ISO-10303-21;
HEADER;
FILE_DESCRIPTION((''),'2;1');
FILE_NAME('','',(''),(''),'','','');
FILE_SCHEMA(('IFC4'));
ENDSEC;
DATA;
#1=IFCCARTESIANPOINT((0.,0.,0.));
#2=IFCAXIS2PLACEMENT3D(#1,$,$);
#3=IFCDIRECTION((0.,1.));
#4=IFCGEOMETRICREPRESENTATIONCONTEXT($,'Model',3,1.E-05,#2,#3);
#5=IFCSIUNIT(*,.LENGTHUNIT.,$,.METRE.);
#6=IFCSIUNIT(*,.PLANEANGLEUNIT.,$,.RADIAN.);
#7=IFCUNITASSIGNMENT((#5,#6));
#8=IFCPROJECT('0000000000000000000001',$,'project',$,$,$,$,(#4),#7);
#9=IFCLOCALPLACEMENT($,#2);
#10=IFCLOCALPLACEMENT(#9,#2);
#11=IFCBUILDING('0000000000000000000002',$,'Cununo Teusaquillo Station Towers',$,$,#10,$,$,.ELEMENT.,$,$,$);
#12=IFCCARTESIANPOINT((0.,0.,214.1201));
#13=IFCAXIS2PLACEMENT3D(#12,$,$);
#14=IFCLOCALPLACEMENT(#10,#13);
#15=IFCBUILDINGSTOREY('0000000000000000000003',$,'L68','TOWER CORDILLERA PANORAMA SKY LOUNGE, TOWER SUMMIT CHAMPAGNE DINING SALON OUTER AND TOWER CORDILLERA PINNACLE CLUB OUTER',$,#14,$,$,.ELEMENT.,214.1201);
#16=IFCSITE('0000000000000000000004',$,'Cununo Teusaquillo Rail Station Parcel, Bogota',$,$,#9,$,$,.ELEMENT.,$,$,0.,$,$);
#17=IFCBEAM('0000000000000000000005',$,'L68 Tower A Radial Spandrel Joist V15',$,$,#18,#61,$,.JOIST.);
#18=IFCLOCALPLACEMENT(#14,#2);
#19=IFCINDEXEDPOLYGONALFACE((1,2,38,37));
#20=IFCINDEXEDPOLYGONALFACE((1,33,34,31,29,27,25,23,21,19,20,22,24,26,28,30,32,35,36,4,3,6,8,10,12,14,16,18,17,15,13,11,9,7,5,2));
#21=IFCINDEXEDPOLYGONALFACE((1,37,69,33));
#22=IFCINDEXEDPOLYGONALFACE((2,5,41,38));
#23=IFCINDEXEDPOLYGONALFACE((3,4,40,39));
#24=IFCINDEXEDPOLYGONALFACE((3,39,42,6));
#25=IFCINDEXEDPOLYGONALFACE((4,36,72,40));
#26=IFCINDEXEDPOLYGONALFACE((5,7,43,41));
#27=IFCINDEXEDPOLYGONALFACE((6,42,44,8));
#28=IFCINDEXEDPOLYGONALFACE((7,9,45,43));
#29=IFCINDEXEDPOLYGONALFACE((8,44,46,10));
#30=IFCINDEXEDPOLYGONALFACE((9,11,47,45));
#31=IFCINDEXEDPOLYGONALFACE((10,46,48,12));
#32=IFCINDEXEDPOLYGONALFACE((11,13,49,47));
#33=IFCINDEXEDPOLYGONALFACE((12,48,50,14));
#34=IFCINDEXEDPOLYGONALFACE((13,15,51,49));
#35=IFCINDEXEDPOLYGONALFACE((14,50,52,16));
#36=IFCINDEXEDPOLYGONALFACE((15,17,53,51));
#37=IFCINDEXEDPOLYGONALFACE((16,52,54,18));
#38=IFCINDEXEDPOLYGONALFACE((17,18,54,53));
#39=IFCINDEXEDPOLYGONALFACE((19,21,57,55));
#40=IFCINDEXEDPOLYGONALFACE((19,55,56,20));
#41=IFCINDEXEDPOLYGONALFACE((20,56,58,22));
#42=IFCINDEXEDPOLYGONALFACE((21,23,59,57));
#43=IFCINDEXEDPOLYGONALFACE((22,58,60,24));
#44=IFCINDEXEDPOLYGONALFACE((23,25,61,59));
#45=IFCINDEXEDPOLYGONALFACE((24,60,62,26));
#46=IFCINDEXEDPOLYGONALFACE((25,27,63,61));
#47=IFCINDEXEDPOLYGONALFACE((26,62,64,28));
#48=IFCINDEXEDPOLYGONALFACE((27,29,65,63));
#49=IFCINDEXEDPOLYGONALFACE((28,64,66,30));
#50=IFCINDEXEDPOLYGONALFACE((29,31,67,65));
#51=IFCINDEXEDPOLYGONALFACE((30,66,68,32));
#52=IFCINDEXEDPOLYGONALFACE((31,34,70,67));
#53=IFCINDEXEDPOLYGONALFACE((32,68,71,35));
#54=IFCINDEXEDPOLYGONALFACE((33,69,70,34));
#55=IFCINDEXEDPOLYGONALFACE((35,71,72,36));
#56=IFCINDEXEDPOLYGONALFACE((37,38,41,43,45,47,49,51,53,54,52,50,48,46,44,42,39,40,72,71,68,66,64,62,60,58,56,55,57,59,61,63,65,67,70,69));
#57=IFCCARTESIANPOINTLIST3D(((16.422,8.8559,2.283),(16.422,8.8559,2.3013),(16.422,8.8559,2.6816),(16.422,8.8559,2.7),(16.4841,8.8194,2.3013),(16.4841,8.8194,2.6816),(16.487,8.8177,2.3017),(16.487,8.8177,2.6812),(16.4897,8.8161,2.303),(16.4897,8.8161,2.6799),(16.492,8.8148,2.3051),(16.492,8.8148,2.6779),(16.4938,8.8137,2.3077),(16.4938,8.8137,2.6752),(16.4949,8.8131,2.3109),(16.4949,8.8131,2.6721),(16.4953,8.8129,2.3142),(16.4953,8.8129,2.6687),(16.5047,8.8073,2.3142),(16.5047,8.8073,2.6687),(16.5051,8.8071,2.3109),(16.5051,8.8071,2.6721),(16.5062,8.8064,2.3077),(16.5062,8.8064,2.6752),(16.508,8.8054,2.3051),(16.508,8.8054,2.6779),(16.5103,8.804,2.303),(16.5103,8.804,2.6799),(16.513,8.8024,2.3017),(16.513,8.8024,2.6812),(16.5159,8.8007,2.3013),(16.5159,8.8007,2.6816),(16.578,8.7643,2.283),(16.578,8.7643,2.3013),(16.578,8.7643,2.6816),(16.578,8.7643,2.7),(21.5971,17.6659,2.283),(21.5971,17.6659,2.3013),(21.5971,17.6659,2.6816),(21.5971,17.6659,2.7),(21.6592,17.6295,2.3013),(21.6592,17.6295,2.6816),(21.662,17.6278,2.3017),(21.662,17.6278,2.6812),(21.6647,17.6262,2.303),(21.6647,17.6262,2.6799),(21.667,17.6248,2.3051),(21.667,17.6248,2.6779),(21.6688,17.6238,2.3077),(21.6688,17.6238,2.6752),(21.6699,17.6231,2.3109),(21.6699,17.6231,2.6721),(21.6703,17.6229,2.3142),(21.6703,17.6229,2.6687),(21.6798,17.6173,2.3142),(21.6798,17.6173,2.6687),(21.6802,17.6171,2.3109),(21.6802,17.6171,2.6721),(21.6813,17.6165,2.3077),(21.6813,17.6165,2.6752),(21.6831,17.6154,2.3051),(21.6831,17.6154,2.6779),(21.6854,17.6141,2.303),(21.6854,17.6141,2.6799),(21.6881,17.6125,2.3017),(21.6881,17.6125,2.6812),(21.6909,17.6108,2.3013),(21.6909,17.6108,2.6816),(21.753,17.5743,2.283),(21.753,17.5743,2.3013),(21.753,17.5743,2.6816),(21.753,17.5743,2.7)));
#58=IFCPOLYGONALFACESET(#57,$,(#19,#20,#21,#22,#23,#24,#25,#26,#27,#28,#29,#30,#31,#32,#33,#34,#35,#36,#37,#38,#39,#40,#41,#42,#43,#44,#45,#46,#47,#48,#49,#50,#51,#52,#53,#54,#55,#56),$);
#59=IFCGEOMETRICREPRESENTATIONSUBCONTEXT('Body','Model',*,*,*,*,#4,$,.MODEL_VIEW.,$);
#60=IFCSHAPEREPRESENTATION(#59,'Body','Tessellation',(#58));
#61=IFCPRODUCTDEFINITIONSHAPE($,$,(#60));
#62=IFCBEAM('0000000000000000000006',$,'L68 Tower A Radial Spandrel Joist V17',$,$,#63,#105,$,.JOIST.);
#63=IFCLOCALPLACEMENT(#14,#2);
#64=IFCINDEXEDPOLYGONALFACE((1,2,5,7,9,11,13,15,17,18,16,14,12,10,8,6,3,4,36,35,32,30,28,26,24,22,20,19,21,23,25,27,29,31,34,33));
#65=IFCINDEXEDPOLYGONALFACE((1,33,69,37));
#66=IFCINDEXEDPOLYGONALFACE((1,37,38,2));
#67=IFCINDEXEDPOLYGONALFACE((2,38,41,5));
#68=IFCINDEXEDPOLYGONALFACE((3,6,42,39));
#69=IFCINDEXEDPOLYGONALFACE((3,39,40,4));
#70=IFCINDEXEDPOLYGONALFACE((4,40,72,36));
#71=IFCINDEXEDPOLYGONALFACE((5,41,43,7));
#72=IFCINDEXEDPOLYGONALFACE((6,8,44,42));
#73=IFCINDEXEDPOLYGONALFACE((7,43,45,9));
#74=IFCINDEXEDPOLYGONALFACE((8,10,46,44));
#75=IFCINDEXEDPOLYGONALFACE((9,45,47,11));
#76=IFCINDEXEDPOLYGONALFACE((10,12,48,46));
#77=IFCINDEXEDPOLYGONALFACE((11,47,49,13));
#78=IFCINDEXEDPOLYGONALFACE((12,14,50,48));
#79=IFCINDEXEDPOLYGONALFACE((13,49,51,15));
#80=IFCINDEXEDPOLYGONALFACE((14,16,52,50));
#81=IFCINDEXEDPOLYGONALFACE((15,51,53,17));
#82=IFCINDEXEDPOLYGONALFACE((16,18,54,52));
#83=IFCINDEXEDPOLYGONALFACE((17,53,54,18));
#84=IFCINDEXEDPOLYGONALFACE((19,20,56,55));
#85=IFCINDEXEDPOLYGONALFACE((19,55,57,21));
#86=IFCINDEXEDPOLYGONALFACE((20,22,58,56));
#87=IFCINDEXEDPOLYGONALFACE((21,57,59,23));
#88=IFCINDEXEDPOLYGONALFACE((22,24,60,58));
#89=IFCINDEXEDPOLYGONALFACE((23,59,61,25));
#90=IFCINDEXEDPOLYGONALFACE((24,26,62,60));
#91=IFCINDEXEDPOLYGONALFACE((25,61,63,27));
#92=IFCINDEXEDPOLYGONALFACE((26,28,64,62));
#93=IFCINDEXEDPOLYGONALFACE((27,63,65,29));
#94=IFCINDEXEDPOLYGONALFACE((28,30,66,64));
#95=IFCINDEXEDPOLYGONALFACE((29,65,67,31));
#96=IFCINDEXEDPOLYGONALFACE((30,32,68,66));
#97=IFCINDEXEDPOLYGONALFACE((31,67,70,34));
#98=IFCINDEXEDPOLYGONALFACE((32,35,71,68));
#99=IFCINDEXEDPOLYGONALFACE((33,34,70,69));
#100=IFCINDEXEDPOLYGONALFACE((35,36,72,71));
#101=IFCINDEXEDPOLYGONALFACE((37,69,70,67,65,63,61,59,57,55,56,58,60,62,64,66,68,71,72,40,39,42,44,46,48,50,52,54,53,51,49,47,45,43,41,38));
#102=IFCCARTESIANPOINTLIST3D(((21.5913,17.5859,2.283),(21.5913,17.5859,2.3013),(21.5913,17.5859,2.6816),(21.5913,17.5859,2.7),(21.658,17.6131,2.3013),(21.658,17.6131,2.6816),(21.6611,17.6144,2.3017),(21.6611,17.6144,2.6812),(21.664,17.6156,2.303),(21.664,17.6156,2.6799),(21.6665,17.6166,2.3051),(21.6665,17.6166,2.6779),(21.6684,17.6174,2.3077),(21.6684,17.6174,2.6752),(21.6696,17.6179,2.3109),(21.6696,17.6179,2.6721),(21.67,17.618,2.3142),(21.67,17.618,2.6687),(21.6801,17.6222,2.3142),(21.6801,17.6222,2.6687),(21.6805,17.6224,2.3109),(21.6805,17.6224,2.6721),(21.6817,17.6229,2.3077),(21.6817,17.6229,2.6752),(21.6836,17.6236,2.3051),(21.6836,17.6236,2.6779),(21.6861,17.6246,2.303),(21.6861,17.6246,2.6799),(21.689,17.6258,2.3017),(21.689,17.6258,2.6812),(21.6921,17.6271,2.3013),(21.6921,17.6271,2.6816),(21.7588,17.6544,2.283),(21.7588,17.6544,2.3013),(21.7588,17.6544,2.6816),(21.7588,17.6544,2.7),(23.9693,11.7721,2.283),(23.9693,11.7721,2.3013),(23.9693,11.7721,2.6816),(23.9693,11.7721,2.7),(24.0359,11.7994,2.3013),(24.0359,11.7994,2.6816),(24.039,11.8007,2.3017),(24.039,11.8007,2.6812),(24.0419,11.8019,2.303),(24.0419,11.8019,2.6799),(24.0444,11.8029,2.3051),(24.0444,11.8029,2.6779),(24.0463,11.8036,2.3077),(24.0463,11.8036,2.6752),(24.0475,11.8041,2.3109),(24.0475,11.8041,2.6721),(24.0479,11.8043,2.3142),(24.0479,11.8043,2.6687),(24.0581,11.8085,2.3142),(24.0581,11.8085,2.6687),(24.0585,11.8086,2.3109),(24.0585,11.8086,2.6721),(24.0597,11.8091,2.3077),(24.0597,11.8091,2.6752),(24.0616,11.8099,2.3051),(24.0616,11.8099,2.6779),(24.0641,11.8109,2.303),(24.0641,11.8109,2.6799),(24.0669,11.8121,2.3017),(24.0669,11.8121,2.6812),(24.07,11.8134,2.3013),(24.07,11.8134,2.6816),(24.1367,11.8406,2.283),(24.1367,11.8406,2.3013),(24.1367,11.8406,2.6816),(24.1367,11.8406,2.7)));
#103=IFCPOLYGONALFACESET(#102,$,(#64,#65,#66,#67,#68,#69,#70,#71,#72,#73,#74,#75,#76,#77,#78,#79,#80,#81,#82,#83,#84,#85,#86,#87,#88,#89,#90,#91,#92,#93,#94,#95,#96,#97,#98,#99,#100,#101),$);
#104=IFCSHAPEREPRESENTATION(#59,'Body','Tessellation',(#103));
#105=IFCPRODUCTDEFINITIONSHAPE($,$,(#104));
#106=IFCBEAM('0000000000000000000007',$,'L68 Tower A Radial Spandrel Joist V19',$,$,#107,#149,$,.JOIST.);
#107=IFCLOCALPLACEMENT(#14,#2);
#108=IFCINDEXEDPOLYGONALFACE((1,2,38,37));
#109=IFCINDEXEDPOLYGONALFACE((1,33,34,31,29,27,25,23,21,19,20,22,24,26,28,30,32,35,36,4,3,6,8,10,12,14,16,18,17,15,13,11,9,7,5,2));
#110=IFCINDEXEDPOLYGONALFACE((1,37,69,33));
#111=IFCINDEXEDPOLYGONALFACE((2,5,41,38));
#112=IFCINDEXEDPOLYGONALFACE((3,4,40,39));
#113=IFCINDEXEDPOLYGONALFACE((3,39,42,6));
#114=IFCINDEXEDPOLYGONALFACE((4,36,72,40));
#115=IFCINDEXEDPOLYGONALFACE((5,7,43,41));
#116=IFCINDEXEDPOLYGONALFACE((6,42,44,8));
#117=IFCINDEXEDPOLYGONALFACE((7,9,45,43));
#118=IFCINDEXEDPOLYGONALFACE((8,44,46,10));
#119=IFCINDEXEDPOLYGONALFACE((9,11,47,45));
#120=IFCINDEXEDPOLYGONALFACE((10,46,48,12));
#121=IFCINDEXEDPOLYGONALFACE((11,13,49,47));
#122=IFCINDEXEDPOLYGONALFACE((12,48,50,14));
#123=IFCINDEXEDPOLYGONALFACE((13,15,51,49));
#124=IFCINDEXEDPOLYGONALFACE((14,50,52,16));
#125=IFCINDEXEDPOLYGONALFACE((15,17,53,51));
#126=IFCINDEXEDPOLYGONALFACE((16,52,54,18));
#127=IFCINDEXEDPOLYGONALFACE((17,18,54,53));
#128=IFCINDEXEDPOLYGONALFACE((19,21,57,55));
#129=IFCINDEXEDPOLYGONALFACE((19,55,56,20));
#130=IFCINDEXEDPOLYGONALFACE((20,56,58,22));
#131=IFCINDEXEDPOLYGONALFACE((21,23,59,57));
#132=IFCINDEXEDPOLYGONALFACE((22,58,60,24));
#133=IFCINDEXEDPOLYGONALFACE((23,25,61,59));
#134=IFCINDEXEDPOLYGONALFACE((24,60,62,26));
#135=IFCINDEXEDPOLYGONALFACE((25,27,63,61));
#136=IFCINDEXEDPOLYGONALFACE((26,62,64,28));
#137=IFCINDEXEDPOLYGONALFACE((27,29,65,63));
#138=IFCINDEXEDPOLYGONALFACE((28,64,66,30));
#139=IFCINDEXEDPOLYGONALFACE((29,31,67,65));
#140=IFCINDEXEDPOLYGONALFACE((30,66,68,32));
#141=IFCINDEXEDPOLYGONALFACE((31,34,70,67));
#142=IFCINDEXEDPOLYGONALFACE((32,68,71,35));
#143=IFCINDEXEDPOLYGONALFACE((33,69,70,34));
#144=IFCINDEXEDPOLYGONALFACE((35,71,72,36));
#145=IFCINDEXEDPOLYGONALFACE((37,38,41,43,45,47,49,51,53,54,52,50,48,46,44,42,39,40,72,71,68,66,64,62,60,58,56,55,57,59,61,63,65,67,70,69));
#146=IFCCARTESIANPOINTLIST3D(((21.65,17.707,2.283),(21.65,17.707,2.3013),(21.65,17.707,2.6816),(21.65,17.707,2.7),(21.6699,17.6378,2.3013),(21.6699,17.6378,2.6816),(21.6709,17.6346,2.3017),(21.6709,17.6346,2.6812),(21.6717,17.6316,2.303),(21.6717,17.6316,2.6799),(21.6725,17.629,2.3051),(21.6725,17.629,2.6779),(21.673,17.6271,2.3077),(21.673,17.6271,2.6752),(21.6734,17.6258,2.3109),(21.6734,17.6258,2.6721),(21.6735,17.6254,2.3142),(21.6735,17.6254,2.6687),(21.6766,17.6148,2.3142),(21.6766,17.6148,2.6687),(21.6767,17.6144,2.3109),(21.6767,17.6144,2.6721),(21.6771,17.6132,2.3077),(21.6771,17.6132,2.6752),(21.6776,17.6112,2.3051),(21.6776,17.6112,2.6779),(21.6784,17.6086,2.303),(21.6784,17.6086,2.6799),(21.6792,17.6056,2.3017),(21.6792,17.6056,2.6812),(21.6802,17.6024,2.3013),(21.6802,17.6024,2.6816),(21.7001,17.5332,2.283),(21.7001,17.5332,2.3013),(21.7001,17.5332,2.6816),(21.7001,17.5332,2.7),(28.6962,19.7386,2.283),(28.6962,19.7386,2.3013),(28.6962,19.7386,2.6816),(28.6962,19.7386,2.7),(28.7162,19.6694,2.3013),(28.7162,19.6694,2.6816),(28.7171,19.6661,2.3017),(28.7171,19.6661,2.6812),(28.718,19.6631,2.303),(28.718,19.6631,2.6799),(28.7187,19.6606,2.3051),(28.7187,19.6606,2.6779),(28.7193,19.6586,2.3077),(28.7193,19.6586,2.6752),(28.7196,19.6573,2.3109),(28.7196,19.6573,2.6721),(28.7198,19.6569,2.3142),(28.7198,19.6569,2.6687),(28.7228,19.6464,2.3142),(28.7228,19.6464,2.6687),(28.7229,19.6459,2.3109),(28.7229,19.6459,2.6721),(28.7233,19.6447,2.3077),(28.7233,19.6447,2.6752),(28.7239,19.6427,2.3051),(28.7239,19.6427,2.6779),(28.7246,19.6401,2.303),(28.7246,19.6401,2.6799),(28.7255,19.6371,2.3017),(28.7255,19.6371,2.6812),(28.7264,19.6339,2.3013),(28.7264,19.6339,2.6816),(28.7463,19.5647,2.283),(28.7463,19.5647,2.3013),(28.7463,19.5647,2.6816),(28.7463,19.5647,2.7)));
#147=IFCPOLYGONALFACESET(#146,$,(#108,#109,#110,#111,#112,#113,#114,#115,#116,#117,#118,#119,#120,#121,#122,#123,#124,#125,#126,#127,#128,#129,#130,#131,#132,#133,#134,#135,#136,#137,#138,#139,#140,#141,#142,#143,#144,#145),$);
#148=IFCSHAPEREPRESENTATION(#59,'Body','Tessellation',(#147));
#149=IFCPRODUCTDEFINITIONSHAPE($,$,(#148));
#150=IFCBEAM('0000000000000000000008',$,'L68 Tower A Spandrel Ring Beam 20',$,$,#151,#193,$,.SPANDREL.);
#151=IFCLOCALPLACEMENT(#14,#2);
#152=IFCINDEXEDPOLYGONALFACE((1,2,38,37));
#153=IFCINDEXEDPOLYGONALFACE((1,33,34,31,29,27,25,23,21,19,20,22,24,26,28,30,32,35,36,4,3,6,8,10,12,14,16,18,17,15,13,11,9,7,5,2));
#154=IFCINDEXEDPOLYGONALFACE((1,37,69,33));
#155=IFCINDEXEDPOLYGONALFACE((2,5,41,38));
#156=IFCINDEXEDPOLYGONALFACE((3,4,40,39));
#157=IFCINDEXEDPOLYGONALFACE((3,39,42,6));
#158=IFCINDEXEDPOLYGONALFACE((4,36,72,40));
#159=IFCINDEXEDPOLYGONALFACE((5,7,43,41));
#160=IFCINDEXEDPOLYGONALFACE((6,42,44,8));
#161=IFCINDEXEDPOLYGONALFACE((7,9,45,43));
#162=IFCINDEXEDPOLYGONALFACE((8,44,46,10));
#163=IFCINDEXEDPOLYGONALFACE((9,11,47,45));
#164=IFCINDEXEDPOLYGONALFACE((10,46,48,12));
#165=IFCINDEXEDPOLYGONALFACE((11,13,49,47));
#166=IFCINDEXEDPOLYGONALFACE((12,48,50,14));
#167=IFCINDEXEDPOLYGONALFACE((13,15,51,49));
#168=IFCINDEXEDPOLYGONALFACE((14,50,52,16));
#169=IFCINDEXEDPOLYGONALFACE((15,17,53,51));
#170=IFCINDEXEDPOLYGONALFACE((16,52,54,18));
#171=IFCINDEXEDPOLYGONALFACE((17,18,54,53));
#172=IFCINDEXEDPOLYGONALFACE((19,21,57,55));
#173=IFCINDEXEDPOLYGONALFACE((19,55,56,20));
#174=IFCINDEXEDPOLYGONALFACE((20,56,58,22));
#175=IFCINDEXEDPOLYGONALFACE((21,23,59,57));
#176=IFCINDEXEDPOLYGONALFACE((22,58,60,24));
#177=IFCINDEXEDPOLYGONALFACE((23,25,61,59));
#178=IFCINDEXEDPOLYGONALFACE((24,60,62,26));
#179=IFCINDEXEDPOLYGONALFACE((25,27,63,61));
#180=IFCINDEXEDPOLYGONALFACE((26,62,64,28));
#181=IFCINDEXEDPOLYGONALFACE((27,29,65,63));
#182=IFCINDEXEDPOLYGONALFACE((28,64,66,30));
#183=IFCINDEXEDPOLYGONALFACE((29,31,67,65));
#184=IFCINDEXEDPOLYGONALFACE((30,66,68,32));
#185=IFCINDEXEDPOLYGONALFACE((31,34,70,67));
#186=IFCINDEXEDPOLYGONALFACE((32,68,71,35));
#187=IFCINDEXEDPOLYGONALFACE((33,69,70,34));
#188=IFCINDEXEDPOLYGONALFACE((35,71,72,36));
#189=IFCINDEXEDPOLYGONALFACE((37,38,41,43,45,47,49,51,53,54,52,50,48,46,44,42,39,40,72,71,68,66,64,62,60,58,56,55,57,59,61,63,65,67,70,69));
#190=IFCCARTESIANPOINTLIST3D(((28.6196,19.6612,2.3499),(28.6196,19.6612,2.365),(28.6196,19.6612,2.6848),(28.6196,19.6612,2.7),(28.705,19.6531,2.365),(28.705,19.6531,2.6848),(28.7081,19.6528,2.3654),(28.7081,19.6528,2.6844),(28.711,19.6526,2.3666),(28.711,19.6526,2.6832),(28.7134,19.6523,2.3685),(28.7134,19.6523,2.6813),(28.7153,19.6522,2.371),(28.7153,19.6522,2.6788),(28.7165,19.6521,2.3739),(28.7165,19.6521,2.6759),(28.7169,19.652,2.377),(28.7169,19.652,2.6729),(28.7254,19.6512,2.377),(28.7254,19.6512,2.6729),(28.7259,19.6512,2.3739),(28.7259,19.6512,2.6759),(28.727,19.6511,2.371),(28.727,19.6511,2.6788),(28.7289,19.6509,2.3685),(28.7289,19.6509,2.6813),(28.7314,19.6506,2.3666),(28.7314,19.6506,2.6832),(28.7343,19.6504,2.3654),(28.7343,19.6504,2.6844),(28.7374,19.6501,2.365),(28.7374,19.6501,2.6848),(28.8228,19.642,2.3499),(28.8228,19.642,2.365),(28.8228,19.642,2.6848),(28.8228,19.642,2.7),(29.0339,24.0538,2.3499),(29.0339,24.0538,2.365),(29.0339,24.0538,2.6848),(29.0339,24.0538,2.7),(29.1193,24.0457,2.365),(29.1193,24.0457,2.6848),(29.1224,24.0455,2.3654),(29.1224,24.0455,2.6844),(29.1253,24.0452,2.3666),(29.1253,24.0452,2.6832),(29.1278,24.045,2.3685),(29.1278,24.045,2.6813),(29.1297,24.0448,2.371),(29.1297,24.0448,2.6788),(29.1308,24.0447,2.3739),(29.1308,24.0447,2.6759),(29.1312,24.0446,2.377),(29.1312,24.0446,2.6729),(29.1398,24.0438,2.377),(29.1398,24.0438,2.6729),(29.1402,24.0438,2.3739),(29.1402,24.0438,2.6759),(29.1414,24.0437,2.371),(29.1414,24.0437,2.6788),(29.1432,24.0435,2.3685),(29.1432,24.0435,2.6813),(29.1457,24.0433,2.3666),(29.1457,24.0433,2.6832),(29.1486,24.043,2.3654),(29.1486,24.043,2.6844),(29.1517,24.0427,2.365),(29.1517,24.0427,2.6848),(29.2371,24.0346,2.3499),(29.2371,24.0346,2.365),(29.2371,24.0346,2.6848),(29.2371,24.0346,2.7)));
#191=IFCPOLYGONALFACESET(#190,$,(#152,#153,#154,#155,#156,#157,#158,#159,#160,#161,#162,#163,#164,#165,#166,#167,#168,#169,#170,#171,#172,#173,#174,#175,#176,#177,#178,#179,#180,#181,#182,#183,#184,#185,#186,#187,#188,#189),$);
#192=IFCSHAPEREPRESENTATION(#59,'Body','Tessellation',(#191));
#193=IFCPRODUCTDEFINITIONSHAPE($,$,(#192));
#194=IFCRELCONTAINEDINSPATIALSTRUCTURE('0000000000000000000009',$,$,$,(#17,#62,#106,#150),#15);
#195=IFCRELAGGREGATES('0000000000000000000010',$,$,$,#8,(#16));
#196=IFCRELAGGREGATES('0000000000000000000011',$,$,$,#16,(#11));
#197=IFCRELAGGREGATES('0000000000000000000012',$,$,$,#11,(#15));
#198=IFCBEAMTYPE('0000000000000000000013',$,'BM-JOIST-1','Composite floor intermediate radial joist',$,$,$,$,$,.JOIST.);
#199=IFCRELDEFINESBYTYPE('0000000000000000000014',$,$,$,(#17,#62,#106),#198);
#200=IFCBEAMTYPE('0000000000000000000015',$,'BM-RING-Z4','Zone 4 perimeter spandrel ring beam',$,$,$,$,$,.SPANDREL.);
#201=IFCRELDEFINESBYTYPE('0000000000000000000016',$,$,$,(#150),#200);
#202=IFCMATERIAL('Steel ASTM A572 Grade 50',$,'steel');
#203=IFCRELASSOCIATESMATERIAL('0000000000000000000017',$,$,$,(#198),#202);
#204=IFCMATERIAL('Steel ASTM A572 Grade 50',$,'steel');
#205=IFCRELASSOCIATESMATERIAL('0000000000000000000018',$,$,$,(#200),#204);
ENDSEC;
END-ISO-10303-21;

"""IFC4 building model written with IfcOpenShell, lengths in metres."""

from ifc_helpers import new_model, si_unit, direction, frame, origin, origin_2d, place, context, subcontext, project, spatial, i_section, extrude, material, material_profile, profile_set, type_object, element, save


model = new_model("IFC4")

# Units and contexts
model_context = context("Model", 3, precision=1e-05, world=origin(), true_north=direction((0.0, 1.0)))
body_context = subcontext(model_context, "Body", "Model", "MODEL_VIEW")
ifc_project = project(units=[si_unit("LENGTHUNIT", "METRE"), si_unit("PLANEANGLEUNIT", "RADIAN")], contexts=[model_context])

# Site, building, storey
site_placement = place(None, origin())
site = spatial("IfcSite", under=ifc_project, at=site_placement, Name="Cununo Teusaquillo Rail Station Parcel, Bogota", CompositionType="ELEMENT", RefElevation=0.0)
building_placement = place(site_placement, origin())
building = spatial("IfcBuilding", under=site, at=building_placement, Name="Cununo Teusaquillo Station Towers", CompositionType="ELEMENT")
storey_placement = place(building_placement, frame((0.0, 0.0, 214.1201)))
storey = spatial("IfcBuildingStorey", under=building, at=storey_placement, Name="L68", Description="TOWER CORDILLERA PANORAMA SKY LOUNGE, TOWER SUMMIT CHAMPAGNE DINING SALON OUTER AND TOWER CORDILLERA PINNACLE CLUB OUTER", CompositionType="ELEMENT", Elevation=214.1201)

# Beams
ifc_material_1 = material(Name="Steel ASTM A572 Grade 50", Category="steel")
ifc_material_profile_1 = material_profile(ifc_material_1, i_section(OverallWidth=0.1809, OverallDepth=0.417, WebThickness=0.011, FlangeThickness=0.0183, FilletRadius=0.0129, at=origin_2d()), Name="W16X57")
ifc_profile_set_1 = profile_set([ifc_material_profile_1], Name="Steel ASTM A572 Grade 50")
beam_type_1 = type_object("IfcBeamType", Name="BM-JOIST-1", Description="Composite floor intermediate radial joist", PredefinedType="JOIST", material=ifc_profile_set_1)
beam_1_placement = place(storey_placement, frame((21.675, 17.6201, 2.4915), z_axis=(-0.506486, -0.862248, 0.0), x_axis=(0.862248, -0.506486, 0.0)))
element("IfcBeam", 1, at=beam_1_placement, inside=storey, type_object=beam_type_1, Name="L68 Tower A Radial Spandrel Joist V15", PredefinedType="JOIST", context=body_context, shape_type="SweptSolid", body=[
    extrude(i_section(OverallWidth=0.1809, OverallDepth=0.417, WebThickness=0.011, FlangeThickness=0.0183, FilletRadius=0.0129, at=origin_2d()), origin(), (0.0, 0.0, 1.0), 10.2175),
])
beam_2_placement = place(storey_placement, frame((21.675, 17.6201, 2.4915), z_axis=(0.378577, -0.92557, 0.0), x_axis=(0.92557, 0.378577, 0.0)))
element("IfcBeam", 2, at=beam_2_placement, inside=storey, type_object=beam_type_1, Name="L68 Tower A Radial Spandrel Joist V17", PredefinedType="JOIST", context=body_context, shape_type="SweptSolid", body=[
    extrude(i_section(OverallWidth=0.1809, OverallDepth=0.417, WebThickness=0.011, FlangeThickness=0.0183, FilletRadius=0.0129, at=origin_2d()), origin(), (0.0, 0.0, 1.0), 6.2812),
])
beam_3_placement = place(storey_placement, frame((21.675, 17.6201, 2.4915), z_axis=(0.960862, 0.277029, 0.0), x_axis=(-0.277029, 0.960862, 0.0)))
element("IfcBeam", 3, at=beam_3_placement, inside=storey, type_object=beam_type_1, Name="L68 Tower A Radial Spandrel Joist V19", PredefinedType="JOIST", context=body_context, shape_type="SweptSolid", body=[
    extrude(i_section(OverallWidth=0.1809, OverallDepth=0.417, WebThickness=0.011, FlangeThickness=0.0183, FilletRadius=0.0129, at=origin_2d()), origin(), (0.0, 0.0, 1.0), 7.3333),
])
ifc_material_2 = material(Name="Steel ASTM A572 Grade 50", Category="steel")
ifc_material_profile_2 = material_profile(ifc_material_2, i_section(OverallWidth=0.2041, OverallDepth=0.3501, WebThickness=0.0085, FlangeThickness=0.0151, FilletRadius=0.012, at=origin_2d()), Name="W14X48")
ifc_profile_set_2 = profile_set([ifc_material_profile_2], Name="Steel ASTM A572 Grade 50")
beam_type_2 = type_object("IfcBeamType", Name="BM-RING-Z4", Description="Zone 4 perimeter spandrel ring beam", PredefinedType="SPANDREL", material=ifc_profile_set_2)
beam_4_placement = place(storey_placement, frame((28.7212, 19.6516, 2.5249), z_axis=(0.093903, 0.995581, 0.0), x_axis=(-0.995581, 0.093903, 0.0)))
element("IfcBeam", 4, at=beam_4_placement, inside=storey, type_object=beam_type_2, Name="L68 Tower A Spandrel Ring Beam 20", PredefinedType="SPANDREL", context=body_context, shape_type="SweptSolid", body=[
    extrude(i_section(OverallWidth=0.2041, OverallDepth=0.3501, WebThickness=0.0085, FlangeThickness=0.0151, FilletRadius=0.012, at=origin_2d()), origin(), (0.0, 0.0, 1.0), 4.4121),
])

save(model, "model.ifc")
